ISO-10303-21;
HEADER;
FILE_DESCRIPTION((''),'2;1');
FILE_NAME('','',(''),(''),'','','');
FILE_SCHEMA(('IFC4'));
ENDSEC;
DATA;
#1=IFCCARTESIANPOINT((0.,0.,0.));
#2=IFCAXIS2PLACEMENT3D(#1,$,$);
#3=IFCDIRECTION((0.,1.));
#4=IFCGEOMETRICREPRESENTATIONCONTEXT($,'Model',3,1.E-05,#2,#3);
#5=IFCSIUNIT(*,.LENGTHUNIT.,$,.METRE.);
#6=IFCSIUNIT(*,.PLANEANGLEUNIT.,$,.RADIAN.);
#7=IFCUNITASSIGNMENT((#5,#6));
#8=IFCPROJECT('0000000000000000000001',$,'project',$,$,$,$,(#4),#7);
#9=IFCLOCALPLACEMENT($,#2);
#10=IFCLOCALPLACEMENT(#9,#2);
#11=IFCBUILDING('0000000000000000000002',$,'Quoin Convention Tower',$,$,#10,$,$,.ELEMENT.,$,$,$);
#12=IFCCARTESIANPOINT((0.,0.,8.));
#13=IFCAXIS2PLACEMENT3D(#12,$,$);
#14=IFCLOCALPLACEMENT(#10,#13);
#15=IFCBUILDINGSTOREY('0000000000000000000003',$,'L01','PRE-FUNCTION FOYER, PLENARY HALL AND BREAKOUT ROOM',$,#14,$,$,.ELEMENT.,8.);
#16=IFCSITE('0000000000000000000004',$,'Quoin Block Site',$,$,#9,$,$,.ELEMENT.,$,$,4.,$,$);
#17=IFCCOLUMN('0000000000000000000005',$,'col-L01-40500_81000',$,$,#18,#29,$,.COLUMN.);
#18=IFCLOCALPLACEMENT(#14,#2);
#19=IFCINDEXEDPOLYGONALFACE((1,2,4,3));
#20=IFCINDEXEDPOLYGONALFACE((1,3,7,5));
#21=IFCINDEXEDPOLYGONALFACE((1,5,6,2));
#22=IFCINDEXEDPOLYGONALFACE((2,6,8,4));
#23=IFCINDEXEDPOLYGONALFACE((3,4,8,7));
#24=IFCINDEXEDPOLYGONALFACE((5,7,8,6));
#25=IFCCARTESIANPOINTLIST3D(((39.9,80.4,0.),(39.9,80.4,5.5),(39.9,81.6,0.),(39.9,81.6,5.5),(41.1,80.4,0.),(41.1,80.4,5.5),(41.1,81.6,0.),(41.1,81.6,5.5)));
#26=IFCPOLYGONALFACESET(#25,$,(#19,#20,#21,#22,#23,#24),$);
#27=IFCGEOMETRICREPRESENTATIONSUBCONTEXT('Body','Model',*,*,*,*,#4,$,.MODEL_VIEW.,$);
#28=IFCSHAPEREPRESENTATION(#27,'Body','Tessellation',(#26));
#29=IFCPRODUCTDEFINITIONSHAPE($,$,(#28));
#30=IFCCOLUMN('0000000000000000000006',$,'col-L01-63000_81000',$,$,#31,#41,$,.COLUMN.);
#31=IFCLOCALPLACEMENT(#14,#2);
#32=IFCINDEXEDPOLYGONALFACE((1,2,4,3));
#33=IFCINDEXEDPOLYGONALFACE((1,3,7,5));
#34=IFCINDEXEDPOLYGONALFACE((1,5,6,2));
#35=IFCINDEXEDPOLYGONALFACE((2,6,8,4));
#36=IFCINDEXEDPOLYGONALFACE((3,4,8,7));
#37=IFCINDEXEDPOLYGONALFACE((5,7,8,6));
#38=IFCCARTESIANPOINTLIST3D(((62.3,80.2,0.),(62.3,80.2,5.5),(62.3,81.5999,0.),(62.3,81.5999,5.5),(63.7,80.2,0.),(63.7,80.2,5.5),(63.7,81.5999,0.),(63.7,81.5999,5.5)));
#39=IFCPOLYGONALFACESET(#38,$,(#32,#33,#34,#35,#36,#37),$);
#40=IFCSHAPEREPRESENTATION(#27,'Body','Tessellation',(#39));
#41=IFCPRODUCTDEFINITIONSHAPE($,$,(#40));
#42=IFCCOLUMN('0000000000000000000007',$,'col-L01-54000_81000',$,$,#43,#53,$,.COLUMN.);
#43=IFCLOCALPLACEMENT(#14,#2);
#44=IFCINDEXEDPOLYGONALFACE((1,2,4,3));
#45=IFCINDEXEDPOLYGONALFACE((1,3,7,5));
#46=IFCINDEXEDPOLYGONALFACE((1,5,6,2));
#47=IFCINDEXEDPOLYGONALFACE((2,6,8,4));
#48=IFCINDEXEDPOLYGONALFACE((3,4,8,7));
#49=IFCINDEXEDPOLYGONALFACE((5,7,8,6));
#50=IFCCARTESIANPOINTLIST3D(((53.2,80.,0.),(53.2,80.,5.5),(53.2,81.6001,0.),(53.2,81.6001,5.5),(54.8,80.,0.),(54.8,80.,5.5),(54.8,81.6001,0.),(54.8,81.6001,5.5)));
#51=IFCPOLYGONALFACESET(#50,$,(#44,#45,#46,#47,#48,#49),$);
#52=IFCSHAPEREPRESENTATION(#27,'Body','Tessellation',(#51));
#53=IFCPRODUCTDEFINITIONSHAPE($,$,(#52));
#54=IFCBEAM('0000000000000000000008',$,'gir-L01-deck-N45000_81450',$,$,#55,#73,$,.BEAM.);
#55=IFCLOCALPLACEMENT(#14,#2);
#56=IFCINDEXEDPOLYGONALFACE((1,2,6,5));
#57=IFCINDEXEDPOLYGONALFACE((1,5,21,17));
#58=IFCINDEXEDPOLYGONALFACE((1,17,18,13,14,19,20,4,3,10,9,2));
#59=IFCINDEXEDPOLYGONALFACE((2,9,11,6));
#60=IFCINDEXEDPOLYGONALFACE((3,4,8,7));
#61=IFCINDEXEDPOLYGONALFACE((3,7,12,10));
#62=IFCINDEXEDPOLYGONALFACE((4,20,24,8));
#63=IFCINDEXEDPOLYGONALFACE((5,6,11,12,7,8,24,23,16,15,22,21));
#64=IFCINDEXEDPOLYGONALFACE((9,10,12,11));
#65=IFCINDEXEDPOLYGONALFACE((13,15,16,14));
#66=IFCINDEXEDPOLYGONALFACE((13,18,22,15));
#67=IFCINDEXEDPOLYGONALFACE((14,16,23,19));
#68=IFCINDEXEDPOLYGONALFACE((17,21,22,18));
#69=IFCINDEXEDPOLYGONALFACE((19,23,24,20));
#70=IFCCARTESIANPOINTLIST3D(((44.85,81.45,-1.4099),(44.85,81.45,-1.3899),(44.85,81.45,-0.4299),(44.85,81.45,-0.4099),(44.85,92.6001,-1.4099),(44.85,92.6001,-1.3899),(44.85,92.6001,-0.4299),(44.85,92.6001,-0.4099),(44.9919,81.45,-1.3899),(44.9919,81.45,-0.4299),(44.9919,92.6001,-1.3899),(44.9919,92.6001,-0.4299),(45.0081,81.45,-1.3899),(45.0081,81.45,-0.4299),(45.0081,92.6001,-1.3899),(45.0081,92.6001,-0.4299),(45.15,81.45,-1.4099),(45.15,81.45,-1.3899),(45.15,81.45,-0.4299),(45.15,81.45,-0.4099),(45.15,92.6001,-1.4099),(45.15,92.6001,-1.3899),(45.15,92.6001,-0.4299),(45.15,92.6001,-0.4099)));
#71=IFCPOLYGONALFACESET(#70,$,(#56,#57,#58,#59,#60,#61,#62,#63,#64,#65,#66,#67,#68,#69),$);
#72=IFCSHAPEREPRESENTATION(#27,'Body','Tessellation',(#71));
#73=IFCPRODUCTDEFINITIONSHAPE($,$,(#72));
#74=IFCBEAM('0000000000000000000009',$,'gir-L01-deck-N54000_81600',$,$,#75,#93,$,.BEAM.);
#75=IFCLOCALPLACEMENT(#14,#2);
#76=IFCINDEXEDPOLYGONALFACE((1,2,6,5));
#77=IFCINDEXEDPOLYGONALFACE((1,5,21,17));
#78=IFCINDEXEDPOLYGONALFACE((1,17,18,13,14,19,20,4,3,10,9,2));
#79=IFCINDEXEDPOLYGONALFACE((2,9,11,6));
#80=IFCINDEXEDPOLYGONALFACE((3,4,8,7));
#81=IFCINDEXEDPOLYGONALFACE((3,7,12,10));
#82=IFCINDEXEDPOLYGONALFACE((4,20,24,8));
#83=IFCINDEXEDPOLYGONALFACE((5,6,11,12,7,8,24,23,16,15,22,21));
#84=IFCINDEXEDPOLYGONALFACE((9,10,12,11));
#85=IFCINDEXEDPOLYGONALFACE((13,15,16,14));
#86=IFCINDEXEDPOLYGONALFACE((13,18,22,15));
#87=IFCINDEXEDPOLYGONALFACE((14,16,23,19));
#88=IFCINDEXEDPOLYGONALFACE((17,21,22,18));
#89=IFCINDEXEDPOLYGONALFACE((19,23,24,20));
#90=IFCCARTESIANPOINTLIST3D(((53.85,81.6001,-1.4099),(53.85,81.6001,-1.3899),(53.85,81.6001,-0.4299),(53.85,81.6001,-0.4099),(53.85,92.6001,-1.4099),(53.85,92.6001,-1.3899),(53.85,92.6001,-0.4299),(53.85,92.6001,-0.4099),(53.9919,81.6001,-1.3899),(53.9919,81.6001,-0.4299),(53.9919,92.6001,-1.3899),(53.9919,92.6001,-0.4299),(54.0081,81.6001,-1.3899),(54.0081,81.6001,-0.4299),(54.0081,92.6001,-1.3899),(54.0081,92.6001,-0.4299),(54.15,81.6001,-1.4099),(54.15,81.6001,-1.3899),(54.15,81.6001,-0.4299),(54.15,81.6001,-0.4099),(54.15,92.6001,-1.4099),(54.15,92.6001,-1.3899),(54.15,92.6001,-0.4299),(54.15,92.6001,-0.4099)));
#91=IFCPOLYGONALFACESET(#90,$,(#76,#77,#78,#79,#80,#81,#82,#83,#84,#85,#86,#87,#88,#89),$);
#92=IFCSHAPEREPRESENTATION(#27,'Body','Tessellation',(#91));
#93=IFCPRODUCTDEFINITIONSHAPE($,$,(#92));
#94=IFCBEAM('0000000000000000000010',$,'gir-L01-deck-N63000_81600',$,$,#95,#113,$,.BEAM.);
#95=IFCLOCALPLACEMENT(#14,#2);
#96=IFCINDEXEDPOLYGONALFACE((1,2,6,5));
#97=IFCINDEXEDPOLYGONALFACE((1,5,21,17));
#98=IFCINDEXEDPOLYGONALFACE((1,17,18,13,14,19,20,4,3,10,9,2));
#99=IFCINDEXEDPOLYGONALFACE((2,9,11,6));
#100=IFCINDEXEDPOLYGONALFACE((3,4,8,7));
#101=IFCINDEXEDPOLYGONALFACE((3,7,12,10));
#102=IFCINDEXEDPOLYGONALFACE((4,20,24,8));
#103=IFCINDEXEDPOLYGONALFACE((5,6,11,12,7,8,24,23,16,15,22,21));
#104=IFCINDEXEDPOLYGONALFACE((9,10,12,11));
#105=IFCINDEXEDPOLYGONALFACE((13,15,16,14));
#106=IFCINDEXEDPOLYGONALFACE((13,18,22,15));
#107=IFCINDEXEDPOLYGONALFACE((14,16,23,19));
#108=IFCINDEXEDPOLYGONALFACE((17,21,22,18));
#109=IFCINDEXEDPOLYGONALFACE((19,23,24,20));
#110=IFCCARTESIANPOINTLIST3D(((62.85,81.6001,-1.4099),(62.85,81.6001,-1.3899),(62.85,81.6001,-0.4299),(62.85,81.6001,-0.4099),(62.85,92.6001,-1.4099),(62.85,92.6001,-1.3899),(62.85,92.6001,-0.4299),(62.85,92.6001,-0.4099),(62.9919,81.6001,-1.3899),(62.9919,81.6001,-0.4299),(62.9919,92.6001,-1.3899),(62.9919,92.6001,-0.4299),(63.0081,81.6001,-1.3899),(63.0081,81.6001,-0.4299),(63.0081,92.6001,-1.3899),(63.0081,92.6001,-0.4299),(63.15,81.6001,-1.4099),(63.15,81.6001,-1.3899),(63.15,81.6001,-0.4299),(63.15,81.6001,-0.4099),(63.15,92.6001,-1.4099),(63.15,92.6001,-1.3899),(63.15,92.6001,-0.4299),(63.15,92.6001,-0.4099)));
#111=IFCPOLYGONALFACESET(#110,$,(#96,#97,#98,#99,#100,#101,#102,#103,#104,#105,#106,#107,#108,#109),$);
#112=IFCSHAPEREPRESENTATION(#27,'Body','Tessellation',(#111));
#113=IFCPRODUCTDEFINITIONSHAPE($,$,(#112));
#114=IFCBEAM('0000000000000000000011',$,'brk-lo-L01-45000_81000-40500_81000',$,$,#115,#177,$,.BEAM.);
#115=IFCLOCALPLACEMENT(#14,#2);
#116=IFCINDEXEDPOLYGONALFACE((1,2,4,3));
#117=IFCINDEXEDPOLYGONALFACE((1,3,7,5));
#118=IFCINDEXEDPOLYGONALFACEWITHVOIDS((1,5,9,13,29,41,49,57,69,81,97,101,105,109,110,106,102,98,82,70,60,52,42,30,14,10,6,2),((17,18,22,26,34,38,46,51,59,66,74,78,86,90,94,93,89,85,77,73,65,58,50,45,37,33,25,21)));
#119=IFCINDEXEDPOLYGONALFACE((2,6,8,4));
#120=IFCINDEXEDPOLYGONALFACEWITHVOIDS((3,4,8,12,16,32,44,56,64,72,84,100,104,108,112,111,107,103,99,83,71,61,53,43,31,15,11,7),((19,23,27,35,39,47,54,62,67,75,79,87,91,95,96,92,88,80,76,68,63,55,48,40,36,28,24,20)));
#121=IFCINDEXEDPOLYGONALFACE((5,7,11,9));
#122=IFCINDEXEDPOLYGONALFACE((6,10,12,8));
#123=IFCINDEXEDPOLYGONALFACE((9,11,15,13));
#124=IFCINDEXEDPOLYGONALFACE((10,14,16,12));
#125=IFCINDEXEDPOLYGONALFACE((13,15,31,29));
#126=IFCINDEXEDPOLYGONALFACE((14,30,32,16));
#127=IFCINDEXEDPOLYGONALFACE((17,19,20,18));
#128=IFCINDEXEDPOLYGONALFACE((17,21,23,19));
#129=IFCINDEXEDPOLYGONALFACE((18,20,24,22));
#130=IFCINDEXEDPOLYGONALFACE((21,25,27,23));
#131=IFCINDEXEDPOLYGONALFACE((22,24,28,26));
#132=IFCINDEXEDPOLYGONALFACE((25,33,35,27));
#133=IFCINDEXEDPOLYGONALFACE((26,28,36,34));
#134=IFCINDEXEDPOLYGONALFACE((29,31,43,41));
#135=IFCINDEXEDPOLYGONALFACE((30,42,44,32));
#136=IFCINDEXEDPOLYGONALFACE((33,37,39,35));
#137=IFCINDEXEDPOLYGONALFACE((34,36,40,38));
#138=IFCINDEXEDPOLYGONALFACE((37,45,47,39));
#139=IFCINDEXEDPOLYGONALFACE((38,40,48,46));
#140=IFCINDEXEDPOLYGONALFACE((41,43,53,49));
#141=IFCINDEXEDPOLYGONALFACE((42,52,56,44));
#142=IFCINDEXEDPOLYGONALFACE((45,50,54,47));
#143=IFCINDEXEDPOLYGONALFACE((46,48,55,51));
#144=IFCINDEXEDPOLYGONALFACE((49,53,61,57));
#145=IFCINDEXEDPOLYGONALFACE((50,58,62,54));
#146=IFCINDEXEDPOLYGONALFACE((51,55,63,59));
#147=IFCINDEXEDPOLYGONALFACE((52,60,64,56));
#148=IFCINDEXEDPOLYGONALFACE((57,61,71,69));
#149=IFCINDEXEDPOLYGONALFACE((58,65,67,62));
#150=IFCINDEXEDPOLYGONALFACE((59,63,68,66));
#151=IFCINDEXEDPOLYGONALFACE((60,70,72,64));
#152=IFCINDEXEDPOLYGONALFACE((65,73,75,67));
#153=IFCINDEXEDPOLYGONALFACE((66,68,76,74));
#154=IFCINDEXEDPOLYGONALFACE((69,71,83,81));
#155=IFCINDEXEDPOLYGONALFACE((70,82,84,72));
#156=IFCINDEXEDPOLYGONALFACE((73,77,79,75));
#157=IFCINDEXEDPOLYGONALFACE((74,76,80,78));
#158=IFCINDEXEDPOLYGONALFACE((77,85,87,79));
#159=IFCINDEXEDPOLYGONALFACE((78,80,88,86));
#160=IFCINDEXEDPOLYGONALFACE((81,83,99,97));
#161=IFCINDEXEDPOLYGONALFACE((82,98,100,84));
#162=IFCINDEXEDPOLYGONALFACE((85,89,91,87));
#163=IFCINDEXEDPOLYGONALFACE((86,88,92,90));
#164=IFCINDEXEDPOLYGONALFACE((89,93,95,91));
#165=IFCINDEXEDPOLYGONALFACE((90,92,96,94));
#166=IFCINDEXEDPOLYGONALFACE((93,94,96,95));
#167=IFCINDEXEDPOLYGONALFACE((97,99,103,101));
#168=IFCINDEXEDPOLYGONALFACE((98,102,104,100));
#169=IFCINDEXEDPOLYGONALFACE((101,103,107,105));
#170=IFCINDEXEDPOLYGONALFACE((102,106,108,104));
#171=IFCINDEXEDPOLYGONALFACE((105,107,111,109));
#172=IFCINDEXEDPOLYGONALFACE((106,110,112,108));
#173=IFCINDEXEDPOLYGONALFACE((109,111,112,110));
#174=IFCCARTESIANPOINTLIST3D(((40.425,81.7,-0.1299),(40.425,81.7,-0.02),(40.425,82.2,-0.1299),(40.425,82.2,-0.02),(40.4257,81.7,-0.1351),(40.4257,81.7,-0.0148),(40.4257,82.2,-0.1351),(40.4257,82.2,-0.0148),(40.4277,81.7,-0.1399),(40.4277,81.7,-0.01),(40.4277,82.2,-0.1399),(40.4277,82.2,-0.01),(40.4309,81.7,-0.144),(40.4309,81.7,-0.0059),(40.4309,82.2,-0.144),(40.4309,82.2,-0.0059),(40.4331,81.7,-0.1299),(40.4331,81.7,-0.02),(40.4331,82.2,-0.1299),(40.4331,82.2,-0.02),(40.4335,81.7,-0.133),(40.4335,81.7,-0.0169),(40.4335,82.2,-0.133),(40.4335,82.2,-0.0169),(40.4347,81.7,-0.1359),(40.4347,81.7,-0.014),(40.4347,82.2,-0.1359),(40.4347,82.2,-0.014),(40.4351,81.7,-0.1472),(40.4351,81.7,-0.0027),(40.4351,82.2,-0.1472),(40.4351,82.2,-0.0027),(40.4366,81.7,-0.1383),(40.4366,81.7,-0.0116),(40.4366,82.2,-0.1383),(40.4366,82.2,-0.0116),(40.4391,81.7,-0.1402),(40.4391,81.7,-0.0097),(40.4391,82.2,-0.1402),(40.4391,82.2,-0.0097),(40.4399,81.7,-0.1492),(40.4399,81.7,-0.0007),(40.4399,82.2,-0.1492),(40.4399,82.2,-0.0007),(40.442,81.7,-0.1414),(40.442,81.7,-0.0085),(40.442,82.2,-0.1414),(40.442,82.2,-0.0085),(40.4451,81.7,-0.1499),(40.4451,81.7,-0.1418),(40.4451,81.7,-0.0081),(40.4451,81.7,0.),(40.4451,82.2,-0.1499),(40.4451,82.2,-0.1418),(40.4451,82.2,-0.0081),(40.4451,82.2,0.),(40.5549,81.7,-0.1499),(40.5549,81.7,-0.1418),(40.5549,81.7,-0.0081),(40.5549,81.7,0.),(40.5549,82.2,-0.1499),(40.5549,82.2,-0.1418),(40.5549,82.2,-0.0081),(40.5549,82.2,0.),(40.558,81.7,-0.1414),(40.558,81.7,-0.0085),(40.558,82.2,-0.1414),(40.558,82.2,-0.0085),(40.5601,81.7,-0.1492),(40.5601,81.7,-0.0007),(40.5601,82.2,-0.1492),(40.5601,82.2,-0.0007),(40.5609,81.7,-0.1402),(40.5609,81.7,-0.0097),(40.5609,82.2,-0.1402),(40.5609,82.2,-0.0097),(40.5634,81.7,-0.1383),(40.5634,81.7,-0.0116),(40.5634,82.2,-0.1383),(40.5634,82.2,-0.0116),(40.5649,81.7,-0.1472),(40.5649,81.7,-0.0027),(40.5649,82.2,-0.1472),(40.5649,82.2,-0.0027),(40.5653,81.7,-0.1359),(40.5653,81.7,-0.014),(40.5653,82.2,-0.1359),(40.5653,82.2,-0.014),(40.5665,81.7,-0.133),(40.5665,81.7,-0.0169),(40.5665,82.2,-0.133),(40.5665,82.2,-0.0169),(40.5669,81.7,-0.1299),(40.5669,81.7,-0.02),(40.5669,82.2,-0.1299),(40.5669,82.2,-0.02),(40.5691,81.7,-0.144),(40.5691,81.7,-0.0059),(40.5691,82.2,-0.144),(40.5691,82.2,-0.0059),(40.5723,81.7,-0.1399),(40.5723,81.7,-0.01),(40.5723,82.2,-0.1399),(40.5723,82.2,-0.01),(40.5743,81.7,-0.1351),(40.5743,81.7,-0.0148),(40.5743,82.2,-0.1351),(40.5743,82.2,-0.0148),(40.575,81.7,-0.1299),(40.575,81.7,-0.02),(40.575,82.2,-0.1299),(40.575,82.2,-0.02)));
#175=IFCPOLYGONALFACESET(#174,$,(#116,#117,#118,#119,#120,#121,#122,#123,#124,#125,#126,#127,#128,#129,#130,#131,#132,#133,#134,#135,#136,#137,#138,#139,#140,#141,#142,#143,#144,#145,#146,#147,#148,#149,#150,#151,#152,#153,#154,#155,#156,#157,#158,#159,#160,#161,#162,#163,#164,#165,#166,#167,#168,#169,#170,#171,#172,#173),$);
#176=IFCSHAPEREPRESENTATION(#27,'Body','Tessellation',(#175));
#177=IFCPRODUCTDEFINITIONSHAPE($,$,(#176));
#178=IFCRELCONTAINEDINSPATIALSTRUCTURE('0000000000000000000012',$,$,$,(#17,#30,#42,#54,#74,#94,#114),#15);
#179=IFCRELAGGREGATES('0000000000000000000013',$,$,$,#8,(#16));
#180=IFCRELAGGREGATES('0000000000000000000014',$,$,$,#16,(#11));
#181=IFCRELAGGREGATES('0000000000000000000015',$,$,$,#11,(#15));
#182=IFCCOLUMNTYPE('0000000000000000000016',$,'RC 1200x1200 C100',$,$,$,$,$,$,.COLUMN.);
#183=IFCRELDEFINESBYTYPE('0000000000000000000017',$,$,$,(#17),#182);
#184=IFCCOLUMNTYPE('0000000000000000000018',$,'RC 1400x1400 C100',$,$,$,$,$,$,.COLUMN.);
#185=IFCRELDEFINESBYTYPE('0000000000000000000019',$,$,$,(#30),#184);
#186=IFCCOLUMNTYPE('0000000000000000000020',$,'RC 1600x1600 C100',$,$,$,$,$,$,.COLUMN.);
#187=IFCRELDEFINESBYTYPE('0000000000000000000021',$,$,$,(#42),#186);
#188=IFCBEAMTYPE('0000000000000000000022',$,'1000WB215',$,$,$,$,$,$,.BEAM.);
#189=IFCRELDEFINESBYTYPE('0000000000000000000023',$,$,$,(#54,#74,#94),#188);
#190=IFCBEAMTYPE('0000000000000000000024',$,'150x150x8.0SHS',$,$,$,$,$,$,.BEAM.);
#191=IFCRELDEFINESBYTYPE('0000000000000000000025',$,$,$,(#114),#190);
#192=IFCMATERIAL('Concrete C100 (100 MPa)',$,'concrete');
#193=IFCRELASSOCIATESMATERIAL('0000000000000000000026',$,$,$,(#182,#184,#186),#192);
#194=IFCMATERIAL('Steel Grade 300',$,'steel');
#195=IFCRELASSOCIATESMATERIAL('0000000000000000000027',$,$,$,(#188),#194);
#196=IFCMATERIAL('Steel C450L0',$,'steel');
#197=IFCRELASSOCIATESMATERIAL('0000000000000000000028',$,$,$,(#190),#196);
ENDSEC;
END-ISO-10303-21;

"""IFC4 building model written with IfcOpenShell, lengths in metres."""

from ifc_helpers import new_model, si_unit, direction, frame, origin, origin_2d, place, context, subcontext, project, spatial, rectangle, hollow_rectangle, i_section, extrude, material, material_profile, profile_set, type_object, element, save


model = new_model("IFC4")

# Units and contexts
model_context = context("Model", 3, precision=1e-05, world=origin(), true_north=direction((0.0, 1.0)))
body_context = subcontext(model_context, "Body", "Model", "MODEL_VIEW")
ifc_project = project(units=[si_unit("LENGTHUNIT", "METRE"), si_unit("PLANEANGLEUNIT", "RADIAN")], contexts=[model_context])

# Site, building, storey
site_placement = place(None, origin())
site = spatial("IfcSite", under=ifc_project, at=site_placement, Name="Quoin Block Site", CompositionType="ELEMENT", RefElevation=4.0)
building_placement = place(site_placement, origin())
building = spatial("IfcBuilding", under=site, at=building_placement, Name="Quoin Convention Tower", CompositionType="ELEMENT")
storey_placement = place(building_placement, frame((0.0, 0.0, 8.0)))
storey = spatial("IfcBuildingStorey", under=building, at=storey_placement, Name="L01", Description="PRE-FUNCTION FOYER, PLENARY HALL AND BREAKOUT ROOM", CompositionType="ELEMENT", Elevation=8.0)

# Columns
ifc_material_1 = material(Name="Concrete C100 (100 MPa)", Category="concrete")
ifc_material_profile_1 = material_profile(ifc_material_1, rectangle(XDim=1.2, YDim=1.2, at=origin_2d()), Name="RC 1200x1200")
ifc_profile_set_1 = profile_set([ifc_material_profile_1], Name="Concrete C100 (100 MPa)")
column_type_1 = type_object("IfcColumnType", Name="RC 1200x1200 C100", PredefinedType="COLUMN", material=ifc_profile_set_1)
column_1_placement = place(storey_placement, frame((40.5, 81.0, 0.0), z_axis=(0.0, 0.0, 1.0), x_axis=(1.0, 0.0, 0.0)))
element("IfcColumn", 1, at=column_1_placement, inside=storey, type_object=column_type_1, Name="col-L01-40500_81000", PredefinedType="COLUMN", context=body_context, shape_type="SweptSolid", body=[
    extrude(rectangle(XDim=1.2, YDim=1.2, at=origin_2d()), origin(), (0.0, 0.0, 1.0), 5.5),
])
ifc_material_profile_2 = material_profile(ifc_material_1, rectangle(XDim=1.3999, YDim=1.3999, at=origin_2d()), Name="RC 1400x1400")
ifc_profile_set_2 = profile_set([ifc_material_profile_2], Name="Concrete C100 (100 MPa)")
column_type_2 = type_object("IfcColumnType", Name="RC 1400x1400 C100", PredefinedType="COLUMN", material=ifc_profile_set_2)
column_2_placement = place(storey_placement, frame((63.0, 80.8999, 0.0), z_axis=(0.0, 0.0, 1.0), x_axis=(1.0, 0.0, 0.0)))
element("IfcColumn", 2, at=column_2_placement, inside=storey, type_object=column_type_2, Name="col-L01-63000_81000", PredefinedType="COLUMN", context=body_context, shape_type="SweptSolid", body=[
    extrude(rectangle(XDim=1.3999, YDim=1.3999, at=origin_2d()), origin(), (0.0, 0.0, 1.0), 5.5),
])
ifc_material_profile_3 = material_profile(ifc_material_1, rectangle(XDim=1.6001, YDim=1.6001, at=origin_2d()), Name="RC 1600x1600")
ifc_profile_set_3 = profile_set([ifc_material_profile_3], Name="Concrete C100 (100 MPa)")
column_type_3 = type_object("IfcColumnType", Name="RC 1600x1600 C100", PredefinedType="COLUMN", material=ifc_profile_set_3)
column_3_placement = place(storey_placement, frame((54.0, 80.8, 0.0), z_axis=(0.0, 0.0, 1.0), x_axis=(1.0, 0.0, 0.0)))
element("IfcColumn", 3, at=column_3_placement, inside=storey, type_object=column_type_3, Name="col-L01-54000_81000", PredefinedType="COLUMN", context=body_context, shape_type="SweptSolid", body=[
    extrude(rectangle(XDim=1.6001, YDim=1.6001, at=origin_2d()), origin(), (0.0, 0.0, 1.0), 5.5),
])

# Beams
ifc_material_2 = material(Name="Steel Grade 300", Category="steel")
ifc_material_profile_4 = material_profile(ifc_material_2, i_section(OverallWidth=0.3, OverallDepth=1.0, WebThickness=0.0161, FlangeThickness=0.02, at=origin_2d()), Name="1000WB215")
ifc_profile_set_4 = profile_set([ifc_material_profile_4], Name="Steel Grade 300")
beam_type_1 = type_object("IfcBeamType", Name="1000WB215", PredefinedType="BEAM", material=ifc_profile_set_4)
beam_1_placement = place(storey_placement, frame((45.0, 81.45, -0.9099), z_axis=(0.0, 1.0, 0.0), x_axis=(-1.0, 0.0, 0.0)))
element("IfcBeam", 4, at=beam_1_placement, inside=storey, type_object=beam_type_1, Name="gir-L01-deck-N45000_81450", PredefinedType="BEAM", context=body_context, shape_type="SweptSolid", body=[
    extrude(i_section(OverallWidth=0.3, OverallDepth=1.0, WebThickness=0.0161, FlangeThickness=0.02, at=origin_2d()), origin(), (0.0, 0.0, 1.0), 11.1501),
])
for number, where, z_axis, x_axis, name in (
    (5, (54.0, 81.6001, -0.9099), (0.0, 1.0, 0.0), (-1.0, 0.0, 0.0), "gir-L01-deck-N54000_81600"),
    (6, (63.0, 81.6001, -0.9099), (0.0, 1.0, 0.0), (-1.0, 0.0, 0.0), "gir-L01-deck-N63000_81600"),
):
    element("IfcBeam", number, at=place(storey_placement, frame(where, z_axis=z_axis, x_axis=x_axis)), inside=storey, type_object=beam_type_1, Name=name, PredefinedType="BEAM", context=body_context, shape_type="SweptSolid", body=[
        extrude(i_section(OverallWidth=0.3, OverallDepth=1.0, WebThickness=0.0161, FlangeThickness=0.02, at=origin_2d()), origin(), (0.0, 0.0, 1.0), 11.0),
    ])
ifc_material_3 = material(Name="Steel C450L0", Category="steel")
ifc_material_profile_5 = material_profile(ifc_material_3, hollow_rectangle(XDim=0.1499, YDim=0.1499, WallThickness=0.0081, InnerFilletRadius=0.012, OuterFilletRadius=0.02, at=origin_2d()), Name="150x150x8.0SHS")
ifc_profile_set_5 = profile_set([ifc_material_profile_5], Name="Steel C450L0")
beam_type_2 = type_object("IfcBeamType", Name="150x150x8.0SHS", PredefinedType="BEAM", material=ifc_profile_set_5)
beam_2_placement = place(storey_placement, frame((40.5, 81.7, -0.075), z_axis=(0.0, 1.0, 0.0), x_axis=(-1.0, 0.0, 0.0)))
element("IfcBeam", 7, at=beam_2_placement, inside=storey, type_object=beam_type_2, Name="brk-lo-L01-45000_81000-40500_81000", PredefinedType="BEAM", context=body_context, shape_type="SweptSolid", body=[
    extrude(hollow_rectangle(XDim=0.1499, YDim=0.1499, WallThickness=0.0081, InnerFilletRadius=0.012, OuterFilletRadius=0.02, at=origin_2d()), origin(), (0.0, 0.0, 1.0), 0.5),
])

save(model, "model.ifc")
